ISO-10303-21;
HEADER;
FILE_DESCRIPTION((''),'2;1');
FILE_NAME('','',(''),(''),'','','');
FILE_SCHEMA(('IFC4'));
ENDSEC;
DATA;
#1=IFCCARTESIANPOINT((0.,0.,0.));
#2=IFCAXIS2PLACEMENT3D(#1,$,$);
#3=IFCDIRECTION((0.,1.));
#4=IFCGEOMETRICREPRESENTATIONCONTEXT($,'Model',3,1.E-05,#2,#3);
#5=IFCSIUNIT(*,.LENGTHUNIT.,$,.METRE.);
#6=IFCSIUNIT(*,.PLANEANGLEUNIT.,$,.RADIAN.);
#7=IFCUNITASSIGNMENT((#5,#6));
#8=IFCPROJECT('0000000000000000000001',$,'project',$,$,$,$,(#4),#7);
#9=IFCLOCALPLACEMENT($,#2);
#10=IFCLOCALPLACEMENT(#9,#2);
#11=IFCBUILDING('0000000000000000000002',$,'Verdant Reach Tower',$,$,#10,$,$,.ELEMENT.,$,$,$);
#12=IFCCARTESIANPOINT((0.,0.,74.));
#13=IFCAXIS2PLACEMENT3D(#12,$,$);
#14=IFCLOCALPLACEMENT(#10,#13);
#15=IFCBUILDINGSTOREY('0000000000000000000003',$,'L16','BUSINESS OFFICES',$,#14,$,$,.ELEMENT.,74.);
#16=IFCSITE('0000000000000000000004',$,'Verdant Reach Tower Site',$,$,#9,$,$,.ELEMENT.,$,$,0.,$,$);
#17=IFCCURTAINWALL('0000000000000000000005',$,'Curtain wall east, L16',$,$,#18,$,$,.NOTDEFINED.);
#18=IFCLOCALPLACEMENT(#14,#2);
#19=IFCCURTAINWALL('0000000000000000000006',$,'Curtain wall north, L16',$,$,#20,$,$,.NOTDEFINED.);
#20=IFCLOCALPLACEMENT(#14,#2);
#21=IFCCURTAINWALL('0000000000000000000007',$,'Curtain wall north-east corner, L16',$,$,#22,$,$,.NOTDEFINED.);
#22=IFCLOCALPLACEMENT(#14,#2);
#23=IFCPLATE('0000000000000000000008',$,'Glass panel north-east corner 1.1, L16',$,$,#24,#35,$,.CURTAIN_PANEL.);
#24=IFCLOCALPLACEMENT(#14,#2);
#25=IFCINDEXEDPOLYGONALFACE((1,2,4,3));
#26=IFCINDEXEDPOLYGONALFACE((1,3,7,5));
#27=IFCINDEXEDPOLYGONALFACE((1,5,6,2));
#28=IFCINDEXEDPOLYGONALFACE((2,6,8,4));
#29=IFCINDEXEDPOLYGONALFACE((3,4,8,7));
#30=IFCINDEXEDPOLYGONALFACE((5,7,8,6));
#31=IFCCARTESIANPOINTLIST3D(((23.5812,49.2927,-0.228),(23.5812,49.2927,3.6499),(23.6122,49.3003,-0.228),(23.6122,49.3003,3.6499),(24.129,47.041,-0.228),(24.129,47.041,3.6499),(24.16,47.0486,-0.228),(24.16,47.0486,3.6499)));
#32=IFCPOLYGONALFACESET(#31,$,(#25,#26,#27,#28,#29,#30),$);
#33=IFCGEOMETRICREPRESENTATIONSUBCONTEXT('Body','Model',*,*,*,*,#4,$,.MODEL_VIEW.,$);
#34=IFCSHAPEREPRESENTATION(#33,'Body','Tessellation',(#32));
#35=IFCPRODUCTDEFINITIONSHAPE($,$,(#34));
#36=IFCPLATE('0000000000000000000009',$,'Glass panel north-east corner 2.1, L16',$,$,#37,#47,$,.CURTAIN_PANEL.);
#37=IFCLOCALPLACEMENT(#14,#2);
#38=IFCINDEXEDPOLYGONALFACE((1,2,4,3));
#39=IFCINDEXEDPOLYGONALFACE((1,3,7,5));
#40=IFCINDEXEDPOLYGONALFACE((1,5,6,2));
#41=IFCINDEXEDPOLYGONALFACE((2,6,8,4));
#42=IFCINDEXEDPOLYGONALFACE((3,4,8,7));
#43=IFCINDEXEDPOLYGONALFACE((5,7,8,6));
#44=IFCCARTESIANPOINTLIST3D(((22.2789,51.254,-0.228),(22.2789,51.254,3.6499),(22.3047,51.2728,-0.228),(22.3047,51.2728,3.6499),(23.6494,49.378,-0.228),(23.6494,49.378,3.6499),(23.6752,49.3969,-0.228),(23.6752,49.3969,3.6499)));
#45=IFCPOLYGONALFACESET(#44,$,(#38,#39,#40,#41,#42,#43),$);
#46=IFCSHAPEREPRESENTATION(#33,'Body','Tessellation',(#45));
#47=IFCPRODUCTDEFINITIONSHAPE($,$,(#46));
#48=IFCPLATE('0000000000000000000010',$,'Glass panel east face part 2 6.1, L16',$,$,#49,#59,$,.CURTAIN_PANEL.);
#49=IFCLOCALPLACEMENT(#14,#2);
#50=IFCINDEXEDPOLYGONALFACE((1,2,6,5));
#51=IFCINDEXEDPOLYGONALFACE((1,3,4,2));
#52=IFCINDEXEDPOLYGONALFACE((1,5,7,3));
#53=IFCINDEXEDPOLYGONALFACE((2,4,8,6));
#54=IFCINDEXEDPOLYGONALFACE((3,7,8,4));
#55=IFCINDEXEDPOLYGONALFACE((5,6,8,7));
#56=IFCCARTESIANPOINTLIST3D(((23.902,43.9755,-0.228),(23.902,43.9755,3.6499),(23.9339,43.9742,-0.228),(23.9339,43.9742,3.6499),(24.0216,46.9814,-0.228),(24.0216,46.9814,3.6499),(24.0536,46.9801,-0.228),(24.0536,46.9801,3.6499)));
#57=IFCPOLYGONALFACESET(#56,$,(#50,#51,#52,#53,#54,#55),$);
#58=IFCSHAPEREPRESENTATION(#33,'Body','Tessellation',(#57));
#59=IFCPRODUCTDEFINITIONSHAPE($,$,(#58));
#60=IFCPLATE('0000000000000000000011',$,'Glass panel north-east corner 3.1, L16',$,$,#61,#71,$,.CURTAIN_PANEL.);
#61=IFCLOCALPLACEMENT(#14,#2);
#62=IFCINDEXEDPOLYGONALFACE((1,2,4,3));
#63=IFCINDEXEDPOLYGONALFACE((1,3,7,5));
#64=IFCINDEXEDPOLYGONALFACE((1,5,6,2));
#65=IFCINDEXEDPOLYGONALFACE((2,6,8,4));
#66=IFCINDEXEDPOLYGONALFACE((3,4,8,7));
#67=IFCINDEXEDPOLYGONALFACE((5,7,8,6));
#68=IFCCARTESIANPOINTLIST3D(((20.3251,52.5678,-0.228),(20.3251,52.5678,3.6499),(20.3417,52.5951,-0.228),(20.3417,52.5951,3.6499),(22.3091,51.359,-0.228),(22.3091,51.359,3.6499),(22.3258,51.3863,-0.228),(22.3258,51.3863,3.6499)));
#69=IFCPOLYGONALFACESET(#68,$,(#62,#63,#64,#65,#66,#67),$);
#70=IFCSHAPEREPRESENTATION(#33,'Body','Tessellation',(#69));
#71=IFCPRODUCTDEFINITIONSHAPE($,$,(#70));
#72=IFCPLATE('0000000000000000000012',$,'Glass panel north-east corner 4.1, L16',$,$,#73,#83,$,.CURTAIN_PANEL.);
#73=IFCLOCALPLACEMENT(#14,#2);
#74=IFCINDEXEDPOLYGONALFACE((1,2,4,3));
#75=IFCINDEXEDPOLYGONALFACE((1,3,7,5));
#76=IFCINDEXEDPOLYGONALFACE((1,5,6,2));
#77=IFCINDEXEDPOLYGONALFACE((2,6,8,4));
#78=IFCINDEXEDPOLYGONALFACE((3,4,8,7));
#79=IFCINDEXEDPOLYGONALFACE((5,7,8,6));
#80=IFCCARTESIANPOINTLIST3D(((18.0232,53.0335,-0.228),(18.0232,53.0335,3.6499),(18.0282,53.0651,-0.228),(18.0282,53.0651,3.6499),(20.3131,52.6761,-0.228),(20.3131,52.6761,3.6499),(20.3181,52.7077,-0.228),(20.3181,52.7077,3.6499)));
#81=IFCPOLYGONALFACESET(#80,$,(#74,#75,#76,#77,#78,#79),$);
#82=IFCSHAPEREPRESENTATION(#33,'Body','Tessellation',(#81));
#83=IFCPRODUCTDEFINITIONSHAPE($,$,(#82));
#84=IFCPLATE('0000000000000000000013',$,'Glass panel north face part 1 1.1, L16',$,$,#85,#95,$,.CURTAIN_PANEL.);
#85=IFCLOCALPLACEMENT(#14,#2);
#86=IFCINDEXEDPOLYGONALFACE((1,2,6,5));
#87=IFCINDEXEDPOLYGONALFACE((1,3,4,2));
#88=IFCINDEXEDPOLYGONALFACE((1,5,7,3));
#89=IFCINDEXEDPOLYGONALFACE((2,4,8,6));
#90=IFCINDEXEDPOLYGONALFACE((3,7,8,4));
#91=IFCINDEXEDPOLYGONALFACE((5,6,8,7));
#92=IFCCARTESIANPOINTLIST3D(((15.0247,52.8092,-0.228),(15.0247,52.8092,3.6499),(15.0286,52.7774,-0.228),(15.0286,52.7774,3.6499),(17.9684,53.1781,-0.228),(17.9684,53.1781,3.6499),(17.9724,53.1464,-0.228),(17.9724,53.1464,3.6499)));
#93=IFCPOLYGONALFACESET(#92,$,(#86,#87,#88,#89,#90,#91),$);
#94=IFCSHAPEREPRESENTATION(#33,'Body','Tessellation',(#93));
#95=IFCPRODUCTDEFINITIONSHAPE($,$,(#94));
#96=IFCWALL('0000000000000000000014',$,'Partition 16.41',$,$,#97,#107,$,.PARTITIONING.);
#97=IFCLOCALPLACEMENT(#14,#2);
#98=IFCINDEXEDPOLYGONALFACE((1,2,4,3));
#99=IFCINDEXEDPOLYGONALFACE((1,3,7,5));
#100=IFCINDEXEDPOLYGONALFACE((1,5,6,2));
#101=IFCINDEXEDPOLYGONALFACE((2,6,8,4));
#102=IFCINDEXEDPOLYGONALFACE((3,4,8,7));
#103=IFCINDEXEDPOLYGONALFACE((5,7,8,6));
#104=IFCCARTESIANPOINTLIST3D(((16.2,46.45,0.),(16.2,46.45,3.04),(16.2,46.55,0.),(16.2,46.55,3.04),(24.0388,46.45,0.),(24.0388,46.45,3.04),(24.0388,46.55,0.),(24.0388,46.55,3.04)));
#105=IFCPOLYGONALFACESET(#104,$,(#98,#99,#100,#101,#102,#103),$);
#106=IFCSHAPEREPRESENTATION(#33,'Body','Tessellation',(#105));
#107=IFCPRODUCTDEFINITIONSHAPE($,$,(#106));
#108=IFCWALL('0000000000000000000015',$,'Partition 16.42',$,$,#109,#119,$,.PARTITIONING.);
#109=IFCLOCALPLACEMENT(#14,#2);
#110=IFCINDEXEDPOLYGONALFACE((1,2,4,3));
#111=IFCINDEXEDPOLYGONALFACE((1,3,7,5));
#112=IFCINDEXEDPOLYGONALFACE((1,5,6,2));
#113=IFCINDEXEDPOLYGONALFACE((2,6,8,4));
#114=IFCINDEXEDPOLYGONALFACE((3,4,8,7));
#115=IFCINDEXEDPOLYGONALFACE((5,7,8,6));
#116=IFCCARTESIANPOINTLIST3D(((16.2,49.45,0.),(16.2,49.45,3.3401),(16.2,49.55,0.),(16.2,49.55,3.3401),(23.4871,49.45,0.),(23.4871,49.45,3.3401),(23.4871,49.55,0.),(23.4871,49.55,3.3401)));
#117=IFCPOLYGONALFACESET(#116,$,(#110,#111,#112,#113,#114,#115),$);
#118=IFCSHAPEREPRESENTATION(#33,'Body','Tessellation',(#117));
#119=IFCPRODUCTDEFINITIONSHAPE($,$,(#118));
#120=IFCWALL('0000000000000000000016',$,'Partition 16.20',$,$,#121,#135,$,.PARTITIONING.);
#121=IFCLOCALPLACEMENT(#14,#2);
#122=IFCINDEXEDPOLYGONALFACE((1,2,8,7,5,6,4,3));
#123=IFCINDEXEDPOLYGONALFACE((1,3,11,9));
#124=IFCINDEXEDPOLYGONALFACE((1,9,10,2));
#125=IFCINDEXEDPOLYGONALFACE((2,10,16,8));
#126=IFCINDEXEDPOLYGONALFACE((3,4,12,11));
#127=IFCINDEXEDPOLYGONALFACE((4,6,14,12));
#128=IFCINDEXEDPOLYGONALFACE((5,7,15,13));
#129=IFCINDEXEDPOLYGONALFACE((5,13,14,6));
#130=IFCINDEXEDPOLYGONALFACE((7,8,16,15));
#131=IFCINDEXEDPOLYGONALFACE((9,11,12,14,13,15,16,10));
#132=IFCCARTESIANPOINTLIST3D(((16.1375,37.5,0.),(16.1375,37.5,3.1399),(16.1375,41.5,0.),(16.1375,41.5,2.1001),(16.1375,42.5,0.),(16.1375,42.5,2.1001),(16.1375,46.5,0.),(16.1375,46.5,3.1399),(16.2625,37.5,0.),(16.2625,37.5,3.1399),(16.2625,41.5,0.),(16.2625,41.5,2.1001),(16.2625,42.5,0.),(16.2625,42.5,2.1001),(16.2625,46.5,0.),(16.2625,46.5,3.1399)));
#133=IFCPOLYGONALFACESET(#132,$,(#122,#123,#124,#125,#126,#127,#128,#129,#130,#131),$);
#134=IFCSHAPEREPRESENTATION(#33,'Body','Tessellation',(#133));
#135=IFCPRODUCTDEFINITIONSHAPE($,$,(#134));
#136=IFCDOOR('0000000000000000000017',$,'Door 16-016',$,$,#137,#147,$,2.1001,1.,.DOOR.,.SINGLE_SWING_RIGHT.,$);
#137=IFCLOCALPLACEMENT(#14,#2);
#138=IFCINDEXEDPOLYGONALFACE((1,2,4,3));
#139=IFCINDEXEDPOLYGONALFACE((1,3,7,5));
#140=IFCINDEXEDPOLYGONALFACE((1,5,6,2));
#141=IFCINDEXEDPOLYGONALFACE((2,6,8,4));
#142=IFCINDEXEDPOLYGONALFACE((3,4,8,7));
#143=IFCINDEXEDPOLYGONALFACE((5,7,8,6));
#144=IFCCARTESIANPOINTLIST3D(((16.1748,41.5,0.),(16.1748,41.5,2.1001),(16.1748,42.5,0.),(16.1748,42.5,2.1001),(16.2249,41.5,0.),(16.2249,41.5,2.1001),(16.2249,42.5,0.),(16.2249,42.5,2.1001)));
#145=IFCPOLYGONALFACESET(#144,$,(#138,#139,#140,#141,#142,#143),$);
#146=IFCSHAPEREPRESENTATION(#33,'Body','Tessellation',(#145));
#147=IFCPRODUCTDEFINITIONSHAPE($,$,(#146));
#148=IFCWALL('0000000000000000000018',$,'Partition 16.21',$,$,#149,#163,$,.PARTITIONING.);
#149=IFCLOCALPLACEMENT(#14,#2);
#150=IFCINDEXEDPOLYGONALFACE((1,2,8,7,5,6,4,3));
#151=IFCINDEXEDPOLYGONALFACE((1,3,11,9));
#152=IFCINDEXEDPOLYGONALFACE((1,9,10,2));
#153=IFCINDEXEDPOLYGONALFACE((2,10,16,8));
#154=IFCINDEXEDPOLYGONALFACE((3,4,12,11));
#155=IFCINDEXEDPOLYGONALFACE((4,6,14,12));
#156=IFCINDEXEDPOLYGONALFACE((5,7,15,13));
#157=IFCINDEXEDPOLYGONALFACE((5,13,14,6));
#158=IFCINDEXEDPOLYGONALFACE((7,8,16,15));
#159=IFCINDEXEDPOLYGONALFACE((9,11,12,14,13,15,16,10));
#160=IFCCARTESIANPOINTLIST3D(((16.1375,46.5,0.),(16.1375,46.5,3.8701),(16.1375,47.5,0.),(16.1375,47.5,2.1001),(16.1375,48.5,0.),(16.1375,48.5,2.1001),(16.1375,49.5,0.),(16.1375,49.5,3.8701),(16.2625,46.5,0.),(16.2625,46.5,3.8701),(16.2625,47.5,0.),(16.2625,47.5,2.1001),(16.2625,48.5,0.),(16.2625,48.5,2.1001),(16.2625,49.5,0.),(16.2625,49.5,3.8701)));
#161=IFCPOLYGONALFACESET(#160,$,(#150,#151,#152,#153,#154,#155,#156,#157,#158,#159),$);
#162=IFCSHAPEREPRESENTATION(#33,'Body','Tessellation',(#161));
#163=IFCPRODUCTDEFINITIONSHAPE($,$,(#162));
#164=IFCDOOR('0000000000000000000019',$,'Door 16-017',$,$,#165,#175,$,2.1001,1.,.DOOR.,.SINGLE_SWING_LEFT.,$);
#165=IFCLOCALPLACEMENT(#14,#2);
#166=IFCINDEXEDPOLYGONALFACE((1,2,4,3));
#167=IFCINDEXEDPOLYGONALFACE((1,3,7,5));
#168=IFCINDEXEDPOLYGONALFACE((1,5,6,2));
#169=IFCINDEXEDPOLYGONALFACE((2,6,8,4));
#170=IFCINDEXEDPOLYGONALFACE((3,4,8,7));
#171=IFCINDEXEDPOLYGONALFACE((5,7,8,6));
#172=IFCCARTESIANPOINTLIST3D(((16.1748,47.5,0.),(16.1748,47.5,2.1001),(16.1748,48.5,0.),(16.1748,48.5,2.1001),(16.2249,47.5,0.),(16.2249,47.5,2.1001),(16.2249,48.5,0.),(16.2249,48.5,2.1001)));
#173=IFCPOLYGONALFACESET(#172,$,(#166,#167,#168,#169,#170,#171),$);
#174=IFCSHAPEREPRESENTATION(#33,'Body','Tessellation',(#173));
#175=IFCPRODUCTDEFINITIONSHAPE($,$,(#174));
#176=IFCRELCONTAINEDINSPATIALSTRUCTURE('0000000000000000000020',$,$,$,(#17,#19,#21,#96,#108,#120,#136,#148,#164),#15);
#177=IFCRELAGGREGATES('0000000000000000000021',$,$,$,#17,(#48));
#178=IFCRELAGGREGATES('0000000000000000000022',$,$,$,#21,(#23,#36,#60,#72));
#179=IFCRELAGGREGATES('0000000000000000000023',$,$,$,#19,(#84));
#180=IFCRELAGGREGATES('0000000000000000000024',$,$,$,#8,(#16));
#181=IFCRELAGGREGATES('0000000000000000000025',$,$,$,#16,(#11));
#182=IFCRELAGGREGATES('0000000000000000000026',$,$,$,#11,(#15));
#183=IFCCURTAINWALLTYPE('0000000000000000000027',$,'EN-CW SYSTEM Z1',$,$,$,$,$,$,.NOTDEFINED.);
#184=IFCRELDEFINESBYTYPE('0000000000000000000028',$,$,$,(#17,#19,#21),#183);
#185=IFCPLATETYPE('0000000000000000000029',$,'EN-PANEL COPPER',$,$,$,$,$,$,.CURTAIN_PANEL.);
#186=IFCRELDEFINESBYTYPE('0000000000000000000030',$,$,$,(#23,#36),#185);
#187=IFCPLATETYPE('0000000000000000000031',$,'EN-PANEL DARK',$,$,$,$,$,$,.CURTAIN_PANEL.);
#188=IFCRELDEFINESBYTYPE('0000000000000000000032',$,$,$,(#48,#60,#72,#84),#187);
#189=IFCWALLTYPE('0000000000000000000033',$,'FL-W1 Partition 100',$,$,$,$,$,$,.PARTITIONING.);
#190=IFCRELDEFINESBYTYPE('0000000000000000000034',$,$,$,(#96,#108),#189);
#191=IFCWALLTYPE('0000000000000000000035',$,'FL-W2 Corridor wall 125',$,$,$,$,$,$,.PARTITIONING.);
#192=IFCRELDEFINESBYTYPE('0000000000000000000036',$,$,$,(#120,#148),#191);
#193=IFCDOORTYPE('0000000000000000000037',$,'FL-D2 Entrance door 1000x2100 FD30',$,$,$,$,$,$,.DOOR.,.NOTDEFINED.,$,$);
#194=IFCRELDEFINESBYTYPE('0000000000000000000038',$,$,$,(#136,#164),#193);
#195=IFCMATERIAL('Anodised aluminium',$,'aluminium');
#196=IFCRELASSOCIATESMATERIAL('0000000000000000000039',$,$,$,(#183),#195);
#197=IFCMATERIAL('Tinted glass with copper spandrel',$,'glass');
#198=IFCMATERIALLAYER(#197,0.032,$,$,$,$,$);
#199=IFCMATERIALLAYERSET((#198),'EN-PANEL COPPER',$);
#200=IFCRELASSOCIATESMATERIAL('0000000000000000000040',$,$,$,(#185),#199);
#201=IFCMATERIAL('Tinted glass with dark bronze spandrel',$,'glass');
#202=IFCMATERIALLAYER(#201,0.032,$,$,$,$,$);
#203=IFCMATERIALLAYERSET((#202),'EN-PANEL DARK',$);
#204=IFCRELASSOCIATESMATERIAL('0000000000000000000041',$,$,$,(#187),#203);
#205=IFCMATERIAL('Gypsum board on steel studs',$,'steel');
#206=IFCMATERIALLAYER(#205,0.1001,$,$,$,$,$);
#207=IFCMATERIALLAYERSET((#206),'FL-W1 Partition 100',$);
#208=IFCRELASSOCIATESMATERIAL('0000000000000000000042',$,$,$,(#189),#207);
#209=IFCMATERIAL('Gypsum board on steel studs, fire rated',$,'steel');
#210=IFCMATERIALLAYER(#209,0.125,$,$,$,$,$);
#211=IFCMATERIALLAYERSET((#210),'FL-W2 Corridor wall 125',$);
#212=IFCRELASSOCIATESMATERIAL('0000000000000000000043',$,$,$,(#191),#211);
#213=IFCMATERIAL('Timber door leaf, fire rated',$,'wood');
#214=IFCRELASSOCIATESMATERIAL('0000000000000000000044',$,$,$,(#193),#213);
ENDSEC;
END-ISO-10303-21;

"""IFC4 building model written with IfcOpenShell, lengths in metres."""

from ifc_helpers import new_model, si_unit, direction, frame, frame_2d, origin, origin_2d, place, context, subcontext, project, spatial, rectangle, extrude, material, layer, layer_set, type_object, element, fill, aggregate, save


model = new_model("IFC4")

# Units and contexts
model_context = context("Model", 3, precision=1e-05, world=origin(), true_north=direction((0.0, 1.0)))
body_context = subcontext(model_context, "Body", "Model", "MODEL_VIEW")
ifc_project = project(units=[si_unit("LENGTHUNIT", "METRE"), si_unit("PLANEANGLEUNIT", "RADIAN")], contexts=[model_context])

# Site, building, storey
site_placement = place(None, origin())
site = spatial("IfcSite", under=ifc_project, at=site_placement, Name="Verdant Reach Tower Site", CompositionType="ELEMENT", RefElevation=0.0)
building_placement = place(site_placement, origin())
building = spatial("IfcBuilding", under=site, at=building_placement, Name="Verdant Reach Tower", CompositionType="ELEMENT")
storey_placement = place(building_placement, frame((0.0, 0.0, 74.0)))
storey = spatial("IfcBuildingStorey", under=building, at=storey_placement, Name="L16", Description="BUSINESS OFFICES", CompositionType="ELEMENT", Elevation=74.0)

# Curtain walls
ifc_material_1 = material(Name="Anodised aluminium", Category="aluminium")
curtain_wall_type = type_object("IfcCurtainWallType", Name="EN-CW SYSTEM Z1", PredefinedType="NOTDEFINED", material=ifc_material_1)
curtain_wall_1_placement = place(storey_placement, origin())
curtain_wall_1 = element("IfcCurtainWall", 1, at=curtain_wall_1_placement, inside=storey, type_object=curtain_wall_type, Name="Curtain wall east, L16", PredefinedType="NOTDEFINED")
curtain_wall_2_placement = place(storey_placement, origin())
curtain_wall_2 = element("IfcCurtainWall", 2, at=curtain_wall_2_placement, inside=storey, type_object=curtain_wall_type, Name="Curtain wall north, L16", PredefinedType="NOTDEFINED")

# Curtain wall, plates
curtain_wall_3_placement = place(storey_placement, origin())
curtain_wall_3 = element("IfcCurtainWall", 3, at=curtain_wall_3_placement, inside=storey, type_object=curtain_wall_type, Name="Curtain wall north-east corner, L16", PredefinedType="NOTDEFINED")
ifc_material_2 = material(Name="Tinted glass with copper spandrel", Category="glass")
ifc_layer_1 = layer(ifc_material_2, 0.032)
ifc_layer_set_1 = layer_set([ifc_layer_1], Name="EN-PANEL COPPER")
plate_type_1 = type_object("IfcPlateType", Name="EN-PANEL COPPER", PredefinedType="CURTAIN_PANEL", material=ifc_layer_set_1)
plate_1_placement = place(storey_placement, frame((23.8706, 48.1707, -0.228), z_axis=(0.0, 0.0, 1.0), x_axis=(-0.236383, 0.97166, 0.0)))
plate_1 = element("IfcPlate", 4, at=plate_1_placement, type_object=plate_type_1, Name="Glass panel north-east corner 1.1, L16", PredefinedType="CURTAIN_PANEL", context=body_context, shape_type="SweptSolid", body=[
    extrude(rectangle(XDim=2.3174, YDim=0.032, at=origin_2d()), origin(), (0.0, 0.0, 1.0), 3.8779),
])
plate_2_placement = place(storey_placement, frame((22.9771, 50.3254, -0.228), z_axis=(0.0, 0.0, 1.0), x_axis=(-0.589927, 0.807457, 0.0)))
plate_2 = element("IfcPlate", 5, at=plate_2_placement, type_object=plate_type_1, Name="Glass panel north-east corner 2.1, L16", PredefinedType="CURTAIN_PANEL", context=body_context, shape_type="SweptSolid", body=[
    extrude(rectangle(XDim=2.3232, YDim=0.032, at=origin_2d()), origin(), (0.0, 0.0, 1.0), 3.8779),
])

# Plates
ifc_material_3 = material(Name="Tinted glass with dark bronze spandrel", Category="glass")
ifc_layer_2 = layer(ifc_material_3, 0.032)
ifc_layer_set_2 = layer_set([ifc_layer_2], Name="EN-PANEL DARK")
plate_type_2 = type_object("IfcPlateType", Name="EN-PANEL DARK", PredefinedType="CURTAIN_PANEL", material=ifc_layer_set_2)
plate_3_placement = place(storey_placement, frame((23.9778, 45.4778, -0.228), z_axis=(0.0, 0.0, 1.0), x_axis=(0.039784, 0.999208, 0.0)))
plate_3 = element("IfcPlate", 6, at=plate_3_placement, type_object=plate_type_2, Name="Glass panel east face part 2 6.1, L16", PredefinedType="CURTAIN_PANEL", context=body_context, shape_type="SweptSolid", body=[
    extrude(rectangle(XDim=3.0083, YDim=0.032, at=origin_2d()), origin(), (0.0, 0.0, 1.0), 3.8779),
])
aggregate(curtain_wall_1, [plate_3])
plate_4_placement = place(storey_placement, frame((21.3254, 51.9771, -0.228), z_axis=(0.0, 0.0, 1.0), x_axis=(-0.853989, 0.520292, 0.0)))
plate_4 = element("IfcPlate", 7, at=plate_4_placement, type_object=plate_type_2, Name="Glass panel north-east corner 3.1, L16", PredefinedType="CURTAIN_PANEL", context=body_context, shape_type="SweptSolid", body=[
    extrude(rectangle(XDim=2.3232, YDim=0.032, at=origin_2d()), origin(), (0.0, 0.0, 1.0), 3.8779),
])
plate_5_placement = place(storey_placement, frame((19.1707, 52.8706, -0.228), z_axis=(0.0, 0.0, 1.0), x_axis=(-0.988033, 0.154245, 0.0)))
plate_5 = element("IfcPlate", 8, at=plate_5_placement, type_object=plate_type_2, Name="Glass panel north-east corner 4.1, L16", PredefinedType="CURTAIN_PANEL", context=body_context, shape_type="SweptSolid", body=[
    extrude(rectangle(XDim=2.3176, YDim=0.032, at=origin_2d()), origin(), (0.0, 0.0, 1.0), 3.8779),
])
aggregate(curtain_wall_3, [plate_1, plate_2, plate_4, plate_5])
plate_6_placement = place(storey_placement, frame((16.4985, 52.9778, -0.228), z_axis=(0.0, 0.0, 1.0), x_axis=(-0.992235, -0.124374, 0.0)))
plate_6 = element("IfcPlate", 9, at=plate_6_placement, type_object=plate_type_2, Name="Glass panel north face part 1 1.1, L16", PredefinedType="CURTAIN_PANEL", context=body_context, shape_type="SweptSolid", body=[
    extrude(rectangle(XDim=2.9668, YDim=0.032, at=origin_2d()), origin(), (0.0, 0.0, 1.0), 3.8779),
])
aggregate(curtain_wall_2, [plate_6])

# Walls
ifc_material_4 = material(Name="Gypsum board on steel studs", Category="steel")
ifc_layer_3 = layer(ifc_material_4, 0.1001)
ifc_layer_set_3 = layer_set([ifc_layer_3], Name="FL-W1 Partition 100")
wall_type_1 = type_object("IfcWallType", Name="FL-W1 Partition 100", PredefinedType="PARTITIONING", material=ifc_layer_set_3)
wall_1_placement = place(storey_placement, frame((24.0388, 46.5, 0.0), z_axis=(0.0, 0.0, 1.0), x_axis=(-1.0, 0.0, 0.0)))
element("IfcWall", 10, at=wall_1_placement, inside=storey, type_object=wall_type_1, Name="Partition 16.41", PredefinedType="PARTITIONING", context=body_context, shape_type="SweptSolid", body=[
    extrude(rectangle(XDim=7.8389, YDim=0.1001, at=frame_2d((3.9194, 0.0))), origin(), (0.0, 0.0, 1.0), 3.04),
])
wall_2_placement = place(storey_placement, frame((23.4871, 49.5, 0.0), z_axis=(0.0, 0.0, 1.0), x_axis=(-1.0, 0.0, 0.0)))
element("IfcWall", 11, at=wall_2_placement, inside=storey, type_object=wall_type_1, Name="Partition 16.42", PredefinedType="PARTITIONING", context=body_context, shape_type="SweptSolid", body=[
    extrude(rectangle(XDim=7.2871, YDim=0.1001, at=frame_2d((3.6436, 0.0))), origin(), (0.0, 0.0, 1.0), 3.3401),
])

# Walls, openings, doors
ifc_material_5 = material(Name="Gypsum board on steel studs, fire rated", Category="steel")
ifc_layer_4 = layer(ifc_material_5, 0.125)
ifc_layer_set_4 = layer_set([ifc_layer_4], Name="FL-W2 Corridor wall 125")
wall_type_2 = type_object("IfcWallType", Name="FL-W2 Corridor wall 125", PredefinedType="PARTITIONING", material=ifc_layer_set_4)
wall_3_placement = place(storey_placement, frame((16.2, 46.5, 0.0), z_axis=(0.0, 0.0, 1.0), x_axis=(0.0, -1.0, 0.0)))
wall_3 = element("IfcWall", 12, at=wall_3_placement, inside=storey, type_object=wall_type_2, Name="Partition 16.20", PredefinedType="PARTITIONING", context=body_context, shape_type="SweptSolid", body=[
    extrude(rectangle(XDim=9.0, YDim=0.125, at=frame_2d((4.5, 0.0))), origin(), (0.0, 0.0, 1.0), 3.1399),
])
opening_1_placement = place(wall_3_placement, frame((4.0, 0.0, 0.0)))
opening_1 = element("IfcOpeningElement", 13, at=opening_1_placement, cuts=wall_3, PredefinedType="OPENING", context=body_context, shape_type="SweptSolid", body=[
    extrude(rectangle(XDim=1.0, YDim=2.1001, at=frame_2d((0.5, 1.05))), frame((0.0, 0.0725, 0.0), z_axis=(0.0, -1.0, 0.0), x_axis=(1.0, 0.0, 0.0)), (0.0, 0.0, 1.0), 0.145),
])
ifc_material_6 = material(Name="Timber door leaf, fire rated", Category="wood")
door_type = type_object("IfcDoorType", Name="FL-D2 Entrance door 1000x2100 FD30", OperationType="NOTDEFINED", PredefinedType="DOOR", material=ifc_material_6)
door_1_placement = place(opening_1_placement, origin())
door_1 = element("IfcDoor", 14, at=door_1_placement, inside=storey, type_object=door_type, Name="Door 16-016", OperationType="SINGLE_SWING_RIGHT", OverallHeight=2.1001, OverallWidth=1.0, PredefinedType="DOOR", context=body_context, shape_type="SweptSolid", body=[
    extrude(rectangle(XDim=1.0, YDim=2.1001, at=frame_2d((0.5, 1.05))), frame((0.0, 0.0249, 0.0), z_axis=(0.0, -1.0, 0.0), x_axis=(1.0, 0.0, 0.0)), (0.0, 0.0, 1.0), 0.05),
])
fill(opening_1, door_1)
wall_4_placement = place(storey_placement, frame((16.2, 49.5, 0.0), z_axis=(0.0, 0.0, 1.0), x_axis=(0.0, -1.0, 0.0)))
wall_4 = element("IfcWall", 15, at=wall_4_placement, inside=storey, type_object=wall_type_2, Name="Partition 16.21", PredefinedType="PARTITIONING", context=body_context, shape_type="SweptSolid", body=[
    extrude(rectangle(XDim=3.0, YDim=0.125, at=frame_2d((1.5, 0.0))), origin(), (0.0, 0.0, 1.0), 3.8701),
])
opening_2_placement = place(wall_4_placement, frame((1.0, 0.0, 0.0)))
opening_2 = element("IfcOpeningElement", 16, at=opening_2_placement, cuts=wall_4, PredefinedType="OPENING", context=body_context, shape_type="SweptSolid", body=[
    extrude(rectangle(XDim=1.0, YDim=2.1001, at=frame_2d((0.5, 1.05))), frame((0.0, 0.0725, 0.0), z_axis=(0.0, -1.0, 0.0), x_axis=(1.0, 0.0, 0.0)), (0.0, 0.0, 1.0), 0.145),
])
door_2_placement = place(opening_2_placement, origin())
door_2 = element("IfcDoor", 17, at=door_2_placement, inside=storey, type_object=door_type, Name="Door 16-017", OperationType="SINGLE_SWING_LEFT", OverallHeight=2.1001, OverallWidth=1.0, PredefinedType="DOOR", context=body_context, shape_type="SweptSolid", body=[
    extrude(rectangle(XDim=1.0, YDim=2.1001, at=frame_2d((0.5, 1.05))), frame((0.0, 0.0249, 0.0), z_axis=(0.0, -1.0, 0.0), x_axis=(1.0, 0.0, 0.0)), (0.0, 0.0, 1.0), 0.05),
])
fill(opening_2, door_2)

save(model, "model.ifc")
